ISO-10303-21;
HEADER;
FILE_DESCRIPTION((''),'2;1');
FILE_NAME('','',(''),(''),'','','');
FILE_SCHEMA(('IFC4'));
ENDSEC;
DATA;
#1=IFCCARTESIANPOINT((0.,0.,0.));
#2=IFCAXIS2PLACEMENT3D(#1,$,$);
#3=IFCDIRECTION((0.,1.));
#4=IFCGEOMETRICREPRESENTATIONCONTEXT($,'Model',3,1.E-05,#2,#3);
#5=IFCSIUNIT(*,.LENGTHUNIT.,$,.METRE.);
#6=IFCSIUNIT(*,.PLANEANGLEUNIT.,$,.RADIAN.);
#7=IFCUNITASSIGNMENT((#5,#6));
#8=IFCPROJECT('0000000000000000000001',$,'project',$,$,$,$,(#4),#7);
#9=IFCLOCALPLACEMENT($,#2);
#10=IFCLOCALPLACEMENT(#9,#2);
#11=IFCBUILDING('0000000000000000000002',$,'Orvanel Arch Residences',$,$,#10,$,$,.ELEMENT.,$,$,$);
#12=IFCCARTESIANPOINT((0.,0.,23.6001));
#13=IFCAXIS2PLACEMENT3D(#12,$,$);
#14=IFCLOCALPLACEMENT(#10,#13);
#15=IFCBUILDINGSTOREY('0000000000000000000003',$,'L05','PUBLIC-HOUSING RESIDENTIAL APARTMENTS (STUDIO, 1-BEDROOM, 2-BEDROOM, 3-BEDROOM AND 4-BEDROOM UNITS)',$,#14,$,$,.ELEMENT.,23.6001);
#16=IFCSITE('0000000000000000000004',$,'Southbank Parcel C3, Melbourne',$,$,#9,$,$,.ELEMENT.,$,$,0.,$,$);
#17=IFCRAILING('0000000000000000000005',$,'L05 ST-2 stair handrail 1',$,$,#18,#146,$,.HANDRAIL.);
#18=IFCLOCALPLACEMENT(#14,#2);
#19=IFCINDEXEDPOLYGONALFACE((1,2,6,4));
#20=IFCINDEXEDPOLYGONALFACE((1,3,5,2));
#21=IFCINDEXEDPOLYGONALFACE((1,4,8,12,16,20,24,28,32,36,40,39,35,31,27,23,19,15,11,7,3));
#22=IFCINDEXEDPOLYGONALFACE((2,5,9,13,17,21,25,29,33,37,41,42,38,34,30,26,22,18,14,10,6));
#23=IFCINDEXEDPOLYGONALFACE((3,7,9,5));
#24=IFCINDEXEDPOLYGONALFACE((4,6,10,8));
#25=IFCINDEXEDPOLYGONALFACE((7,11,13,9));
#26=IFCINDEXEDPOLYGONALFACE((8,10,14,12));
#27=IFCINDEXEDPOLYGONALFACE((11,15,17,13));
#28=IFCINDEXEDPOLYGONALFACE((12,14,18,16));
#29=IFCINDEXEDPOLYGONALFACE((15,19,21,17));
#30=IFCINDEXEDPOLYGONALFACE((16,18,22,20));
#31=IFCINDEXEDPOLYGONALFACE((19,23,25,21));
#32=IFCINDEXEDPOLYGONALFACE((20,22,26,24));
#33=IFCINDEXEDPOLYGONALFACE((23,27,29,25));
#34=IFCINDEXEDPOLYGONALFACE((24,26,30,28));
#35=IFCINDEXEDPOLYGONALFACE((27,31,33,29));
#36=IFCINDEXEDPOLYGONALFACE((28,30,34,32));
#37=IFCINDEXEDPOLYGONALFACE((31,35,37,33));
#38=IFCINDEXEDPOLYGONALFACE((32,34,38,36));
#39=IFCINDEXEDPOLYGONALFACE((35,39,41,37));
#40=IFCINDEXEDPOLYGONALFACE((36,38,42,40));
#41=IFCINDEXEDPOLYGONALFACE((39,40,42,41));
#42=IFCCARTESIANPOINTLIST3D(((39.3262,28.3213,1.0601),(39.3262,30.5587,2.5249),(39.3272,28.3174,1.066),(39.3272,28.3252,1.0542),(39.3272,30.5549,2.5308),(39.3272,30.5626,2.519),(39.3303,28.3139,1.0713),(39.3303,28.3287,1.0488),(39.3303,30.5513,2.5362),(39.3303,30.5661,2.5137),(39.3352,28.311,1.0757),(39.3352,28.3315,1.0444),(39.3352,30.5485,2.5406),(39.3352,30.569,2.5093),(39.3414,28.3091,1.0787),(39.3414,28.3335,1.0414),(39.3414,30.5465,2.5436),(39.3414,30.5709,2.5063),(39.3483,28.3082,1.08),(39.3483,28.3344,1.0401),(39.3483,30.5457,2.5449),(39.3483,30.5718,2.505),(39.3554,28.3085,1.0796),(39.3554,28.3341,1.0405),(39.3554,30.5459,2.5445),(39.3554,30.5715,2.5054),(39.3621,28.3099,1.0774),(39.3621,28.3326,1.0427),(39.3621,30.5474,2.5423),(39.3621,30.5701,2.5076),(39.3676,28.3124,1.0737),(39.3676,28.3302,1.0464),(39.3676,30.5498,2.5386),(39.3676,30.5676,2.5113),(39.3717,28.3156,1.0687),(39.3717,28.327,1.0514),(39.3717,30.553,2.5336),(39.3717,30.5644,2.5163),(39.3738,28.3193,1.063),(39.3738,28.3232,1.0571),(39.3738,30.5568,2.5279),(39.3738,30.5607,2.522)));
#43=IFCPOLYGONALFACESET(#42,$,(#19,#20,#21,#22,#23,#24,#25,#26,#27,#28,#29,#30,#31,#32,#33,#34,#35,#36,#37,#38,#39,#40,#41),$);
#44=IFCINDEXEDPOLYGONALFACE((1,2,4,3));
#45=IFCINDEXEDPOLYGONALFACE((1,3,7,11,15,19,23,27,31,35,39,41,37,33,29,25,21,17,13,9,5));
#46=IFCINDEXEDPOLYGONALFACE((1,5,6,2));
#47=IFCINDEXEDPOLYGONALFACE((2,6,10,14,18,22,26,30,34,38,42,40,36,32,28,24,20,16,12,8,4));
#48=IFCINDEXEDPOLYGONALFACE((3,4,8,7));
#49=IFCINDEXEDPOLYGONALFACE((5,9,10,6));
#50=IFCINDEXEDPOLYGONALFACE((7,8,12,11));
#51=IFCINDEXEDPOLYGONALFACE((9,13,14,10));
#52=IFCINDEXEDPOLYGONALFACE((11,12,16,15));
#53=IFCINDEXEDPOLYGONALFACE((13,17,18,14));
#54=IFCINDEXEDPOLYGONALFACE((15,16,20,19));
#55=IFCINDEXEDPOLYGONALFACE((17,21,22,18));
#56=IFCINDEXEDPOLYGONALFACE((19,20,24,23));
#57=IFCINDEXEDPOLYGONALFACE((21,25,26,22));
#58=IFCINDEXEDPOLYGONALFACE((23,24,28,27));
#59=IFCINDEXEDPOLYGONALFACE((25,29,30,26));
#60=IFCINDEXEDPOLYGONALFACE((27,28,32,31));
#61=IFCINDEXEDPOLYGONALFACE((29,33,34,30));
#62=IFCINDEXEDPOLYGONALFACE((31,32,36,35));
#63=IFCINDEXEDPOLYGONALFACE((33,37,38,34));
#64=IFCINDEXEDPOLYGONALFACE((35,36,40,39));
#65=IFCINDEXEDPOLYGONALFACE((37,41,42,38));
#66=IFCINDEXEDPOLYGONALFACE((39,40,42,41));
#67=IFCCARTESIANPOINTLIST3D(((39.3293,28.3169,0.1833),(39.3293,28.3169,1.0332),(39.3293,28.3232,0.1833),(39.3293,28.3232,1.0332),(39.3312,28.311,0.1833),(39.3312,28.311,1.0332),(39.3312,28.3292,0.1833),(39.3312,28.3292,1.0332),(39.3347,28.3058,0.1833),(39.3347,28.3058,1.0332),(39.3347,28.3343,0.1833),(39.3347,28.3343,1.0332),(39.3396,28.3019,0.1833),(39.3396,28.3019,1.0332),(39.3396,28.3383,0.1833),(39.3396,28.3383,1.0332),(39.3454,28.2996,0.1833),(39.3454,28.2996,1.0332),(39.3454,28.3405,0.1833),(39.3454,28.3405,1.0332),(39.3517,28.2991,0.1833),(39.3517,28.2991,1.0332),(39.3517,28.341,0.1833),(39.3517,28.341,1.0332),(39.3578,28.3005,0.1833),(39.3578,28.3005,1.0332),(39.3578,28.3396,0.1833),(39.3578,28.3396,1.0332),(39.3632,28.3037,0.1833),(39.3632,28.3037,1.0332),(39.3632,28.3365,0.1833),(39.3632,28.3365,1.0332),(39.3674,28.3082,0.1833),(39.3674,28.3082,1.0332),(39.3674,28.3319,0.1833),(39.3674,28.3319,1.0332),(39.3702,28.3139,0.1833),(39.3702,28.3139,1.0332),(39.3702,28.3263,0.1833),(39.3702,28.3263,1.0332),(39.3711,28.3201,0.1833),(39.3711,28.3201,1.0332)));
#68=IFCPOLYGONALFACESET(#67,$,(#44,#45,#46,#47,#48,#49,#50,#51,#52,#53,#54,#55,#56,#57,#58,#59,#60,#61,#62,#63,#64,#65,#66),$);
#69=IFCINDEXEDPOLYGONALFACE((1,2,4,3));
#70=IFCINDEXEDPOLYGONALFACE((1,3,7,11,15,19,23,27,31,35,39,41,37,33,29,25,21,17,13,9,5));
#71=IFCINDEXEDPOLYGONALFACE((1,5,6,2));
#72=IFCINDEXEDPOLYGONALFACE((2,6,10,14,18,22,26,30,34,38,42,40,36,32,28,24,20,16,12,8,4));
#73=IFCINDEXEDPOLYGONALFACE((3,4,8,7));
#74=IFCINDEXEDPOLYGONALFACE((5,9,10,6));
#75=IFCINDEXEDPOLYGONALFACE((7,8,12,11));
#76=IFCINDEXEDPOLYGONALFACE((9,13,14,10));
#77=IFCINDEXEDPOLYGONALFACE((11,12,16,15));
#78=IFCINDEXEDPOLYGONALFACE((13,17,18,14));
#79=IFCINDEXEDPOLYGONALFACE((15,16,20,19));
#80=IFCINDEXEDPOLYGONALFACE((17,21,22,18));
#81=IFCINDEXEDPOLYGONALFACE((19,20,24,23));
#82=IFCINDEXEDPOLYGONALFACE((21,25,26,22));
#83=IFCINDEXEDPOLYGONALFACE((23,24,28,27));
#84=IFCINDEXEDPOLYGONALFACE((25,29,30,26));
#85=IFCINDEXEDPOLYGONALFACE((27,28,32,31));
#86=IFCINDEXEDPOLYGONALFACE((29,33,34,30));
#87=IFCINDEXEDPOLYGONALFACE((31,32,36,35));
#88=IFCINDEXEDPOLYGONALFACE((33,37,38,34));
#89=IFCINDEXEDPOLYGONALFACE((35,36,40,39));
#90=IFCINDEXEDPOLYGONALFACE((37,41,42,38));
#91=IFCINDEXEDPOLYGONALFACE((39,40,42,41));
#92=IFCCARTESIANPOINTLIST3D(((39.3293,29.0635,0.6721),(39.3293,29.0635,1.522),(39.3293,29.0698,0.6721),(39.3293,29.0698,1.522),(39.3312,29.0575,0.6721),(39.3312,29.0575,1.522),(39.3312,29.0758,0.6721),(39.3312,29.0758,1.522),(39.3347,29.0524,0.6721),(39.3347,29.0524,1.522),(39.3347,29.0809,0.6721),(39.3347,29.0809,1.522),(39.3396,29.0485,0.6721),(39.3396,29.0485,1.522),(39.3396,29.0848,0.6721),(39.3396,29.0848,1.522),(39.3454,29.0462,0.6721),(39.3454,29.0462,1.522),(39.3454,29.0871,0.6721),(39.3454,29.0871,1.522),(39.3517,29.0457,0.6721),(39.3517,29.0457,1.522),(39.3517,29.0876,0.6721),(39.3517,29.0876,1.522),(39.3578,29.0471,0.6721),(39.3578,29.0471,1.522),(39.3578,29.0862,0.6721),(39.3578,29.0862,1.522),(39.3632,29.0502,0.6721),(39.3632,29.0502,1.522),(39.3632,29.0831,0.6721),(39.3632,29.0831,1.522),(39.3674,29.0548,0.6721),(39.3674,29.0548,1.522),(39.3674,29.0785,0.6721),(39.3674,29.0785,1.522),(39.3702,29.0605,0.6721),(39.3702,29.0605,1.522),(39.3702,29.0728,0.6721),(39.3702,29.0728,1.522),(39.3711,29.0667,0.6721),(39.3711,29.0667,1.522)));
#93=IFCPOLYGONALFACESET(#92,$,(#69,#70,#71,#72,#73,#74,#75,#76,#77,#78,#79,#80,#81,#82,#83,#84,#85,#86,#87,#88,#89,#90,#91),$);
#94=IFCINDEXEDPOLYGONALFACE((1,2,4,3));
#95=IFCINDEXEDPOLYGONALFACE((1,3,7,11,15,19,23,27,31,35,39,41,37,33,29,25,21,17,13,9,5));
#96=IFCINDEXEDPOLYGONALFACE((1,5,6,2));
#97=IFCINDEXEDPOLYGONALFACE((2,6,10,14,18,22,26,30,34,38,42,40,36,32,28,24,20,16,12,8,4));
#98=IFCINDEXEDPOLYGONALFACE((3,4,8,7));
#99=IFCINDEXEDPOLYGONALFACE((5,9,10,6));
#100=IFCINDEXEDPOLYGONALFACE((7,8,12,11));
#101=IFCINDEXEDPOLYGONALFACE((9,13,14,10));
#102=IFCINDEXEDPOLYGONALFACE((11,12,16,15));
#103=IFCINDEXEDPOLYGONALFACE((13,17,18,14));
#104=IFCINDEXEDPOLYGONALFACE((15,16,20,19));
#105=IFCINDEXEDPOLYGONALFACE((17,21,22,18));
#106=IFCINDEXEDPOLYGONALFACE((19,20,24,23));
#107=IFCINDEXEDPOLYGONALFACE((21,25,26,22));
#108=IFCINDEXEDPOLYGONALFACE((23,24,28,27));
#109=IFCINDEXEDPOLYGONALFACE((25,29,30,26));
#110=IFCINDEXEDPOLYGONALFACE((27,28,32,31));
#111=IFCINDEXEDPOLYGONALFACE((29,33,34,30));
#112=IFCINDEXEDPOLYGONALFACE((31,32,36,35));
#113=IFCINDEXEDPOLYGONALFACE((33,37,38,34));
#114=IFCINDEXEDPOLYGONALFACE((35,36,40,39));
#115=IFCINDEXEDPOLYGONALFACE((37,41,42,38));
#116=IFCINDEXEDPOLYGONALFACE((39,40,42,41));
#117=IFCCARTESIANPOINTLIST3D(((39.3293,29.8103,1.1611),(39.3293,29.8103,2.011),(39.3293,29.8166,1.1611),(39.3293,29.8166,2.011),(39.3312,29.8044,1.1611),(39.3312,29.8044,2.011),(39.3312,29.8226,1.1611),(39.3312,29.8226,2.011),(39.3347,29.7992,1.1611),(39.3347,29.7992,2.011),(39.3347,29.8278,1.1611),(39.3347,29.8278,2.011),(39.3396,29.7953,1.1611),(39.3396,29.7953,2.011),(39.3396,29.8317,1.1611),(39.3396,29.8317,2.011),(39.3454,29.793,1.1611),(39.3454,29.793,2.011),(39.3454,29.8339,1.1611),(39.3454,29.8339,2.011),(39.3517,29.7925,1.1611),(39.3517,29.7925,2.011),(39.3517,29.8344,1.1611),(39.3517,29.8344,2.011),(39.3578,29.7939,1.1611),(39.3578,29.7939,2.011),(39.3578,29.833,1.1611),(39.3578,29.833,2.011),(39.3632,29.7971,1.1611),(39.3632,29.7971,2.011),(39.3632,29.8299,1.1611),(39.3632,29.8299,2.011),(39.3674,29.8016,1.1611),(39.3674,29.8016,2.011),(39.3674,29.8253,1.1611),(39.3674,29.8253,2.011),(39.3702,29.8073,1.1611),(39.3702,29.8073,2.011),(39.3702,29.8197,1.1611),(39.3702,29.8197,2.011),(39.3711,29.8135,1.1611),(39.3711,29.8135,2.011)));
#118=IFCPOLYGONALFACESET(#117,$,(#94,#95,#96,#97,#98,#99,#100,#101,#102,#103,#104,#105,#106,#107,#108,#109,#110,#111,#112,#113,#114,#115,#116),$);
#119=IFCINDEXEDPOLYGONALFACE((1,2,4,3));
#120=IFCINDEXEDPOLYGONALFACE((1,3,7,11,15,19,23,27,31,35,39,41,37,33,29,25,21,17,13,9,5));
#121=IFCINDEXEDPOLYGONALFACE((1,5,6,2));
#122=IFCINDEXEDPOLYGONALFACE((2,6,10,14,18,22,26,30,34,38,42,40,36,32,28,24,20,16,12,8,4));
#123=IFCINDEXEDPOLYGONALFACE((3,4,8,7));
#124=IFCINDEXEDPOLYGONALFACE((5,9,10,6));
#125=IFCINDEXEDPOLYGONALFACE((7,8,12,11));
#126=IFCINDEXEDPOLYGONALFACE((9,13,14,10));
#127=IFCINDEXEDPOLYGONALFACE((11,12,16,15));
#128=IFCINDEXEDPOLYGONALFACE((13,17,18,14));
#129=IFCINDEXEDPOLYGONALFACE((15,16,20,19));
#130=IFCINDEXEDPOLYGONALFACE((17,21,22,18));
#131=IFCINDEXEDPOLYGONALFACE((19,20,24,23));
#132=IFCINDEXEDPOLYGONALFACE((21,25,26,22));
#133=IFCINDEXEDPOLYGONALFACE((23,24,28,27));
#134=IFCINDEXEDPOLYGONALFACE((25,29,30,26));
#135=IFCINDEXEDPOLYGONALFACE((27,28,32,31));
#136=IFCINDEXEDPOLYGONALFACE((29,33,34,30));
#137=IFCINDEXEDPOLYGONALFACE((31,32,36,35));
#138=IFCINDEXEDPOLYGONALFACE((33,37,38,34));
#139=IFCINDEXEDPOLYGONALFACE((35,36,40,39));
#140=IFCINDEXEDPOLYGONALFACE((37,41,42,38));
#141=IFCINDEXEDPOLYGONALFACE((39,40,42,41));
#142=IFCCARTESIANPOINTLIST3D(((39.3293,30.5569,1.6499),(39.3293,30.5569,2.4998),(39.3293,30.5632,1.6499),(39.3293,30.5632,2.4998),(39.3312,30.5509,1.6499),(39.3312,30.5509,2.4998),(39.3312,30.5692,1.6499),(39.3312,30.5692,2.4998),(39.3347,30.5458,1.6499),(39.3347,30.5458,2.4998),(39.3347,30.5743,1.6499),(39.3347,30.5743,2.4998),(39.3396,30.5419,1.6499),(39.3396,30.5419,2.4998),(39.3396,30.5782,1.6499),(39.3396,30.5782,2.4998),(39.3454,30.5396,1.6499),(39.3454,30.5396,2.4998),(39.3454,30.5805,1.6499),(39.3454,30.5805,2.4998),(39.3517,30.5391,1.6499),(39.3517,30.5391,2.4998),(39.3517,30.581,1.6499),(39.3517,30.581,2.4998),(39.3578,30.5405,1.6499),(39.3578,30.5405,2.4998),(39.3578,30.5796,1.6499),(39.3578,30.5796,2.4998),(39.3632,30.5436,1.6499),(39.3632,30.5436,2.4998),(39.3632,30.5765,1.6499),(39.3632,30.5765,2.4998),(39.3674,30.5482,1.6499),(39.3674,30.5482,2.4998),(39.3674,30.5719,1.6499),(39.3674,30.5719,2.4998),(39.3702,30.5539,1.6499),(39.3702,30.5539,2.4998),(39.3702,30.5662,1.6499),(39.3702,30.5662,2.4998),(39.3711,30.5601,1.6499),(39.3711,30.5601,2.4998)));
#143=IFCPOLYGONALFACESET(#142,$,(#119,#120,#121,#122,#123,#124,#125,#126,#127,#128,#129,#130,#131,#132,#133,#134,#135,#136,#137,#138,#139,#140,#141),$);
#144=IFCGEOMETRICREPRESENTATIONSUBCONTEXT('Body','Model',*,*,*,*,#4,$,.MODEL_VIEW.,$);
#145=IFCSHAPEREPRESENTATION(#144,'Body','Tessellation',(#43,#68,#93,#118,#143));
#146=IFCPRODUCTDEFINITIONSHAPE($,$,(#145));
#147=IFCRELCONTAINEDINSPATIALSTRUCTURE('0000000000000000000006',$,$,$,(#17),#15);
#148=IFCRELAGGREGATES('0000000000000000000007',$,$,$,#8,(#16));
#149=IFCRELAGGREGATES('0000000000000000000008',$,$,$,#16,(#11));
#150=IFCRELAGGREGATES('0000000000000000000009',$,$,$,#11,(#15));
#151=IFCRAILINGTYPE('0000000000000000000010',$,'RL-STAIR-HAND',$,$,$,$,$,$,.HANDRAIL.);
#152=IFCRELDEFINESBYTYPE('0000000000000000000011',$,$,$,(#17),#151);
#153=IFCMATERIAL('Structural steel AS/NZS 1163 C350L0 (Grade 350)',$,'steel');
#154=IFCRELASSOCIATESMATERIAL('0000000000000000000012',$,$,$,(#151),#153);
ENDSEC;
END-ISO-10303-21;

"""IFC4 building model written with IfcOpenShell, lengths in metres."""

from ifc_helpers import new_model, si_unit, direction, frame, origin, origin_2d, place, context, subcontext, project, spatial, circle, extrude, material, type_object, element, save


model = new_model("IFC4")

# Units and contexts
model_context = context("Model", 3, precision=1e-05, world=origin(), true_north=direction((0.0, 1.0)))
body_context = subcontext(model_context, "Body", "Model", "MODEL_VIEW")
ifc_project = project(units=[si_unit("LENGTHUNIT", "METRE"), si_unit("PLANEANGLEUNIT", "RADIAN")], contexts=[model_context])

# Site, building, storey
site_placement = place(None, origin())
site = spatial("IfcSite", under=ifc_project, at=site_placement, Name="Southbank Parcel C3, Melbourne", CompositionType="ELEMENT", RefElevation=0.0)
building_placement = place(site_placement, origin())
building = spatial("IfcBuilding", under=site, at=building_placement, Name="Orvanel Arch Residences", CompositionType="ELEMENT")
storey_placement = place(building_placement, frame((0.0, 0.0, 23.6001)))
storey = spatial("IfcBuildingStorey", under=building, at=storey_placement, Name="L05", Description="PUBLIC-HOUSING RESIDENTIAL APARTMENTS (STUDIO, 1-BEDROOM, 2-BEDROOM, 3-BEDROOM AND 4-BEDROOM UNITS)", CompositionType="ELEMENT", Elevation=23.6001)

# Railing
ifc_material_1 = material(Name="Structural steel AS/NZS 1163 C350L0 (Grade 350)", Category="steel")
railing_type_1 = type_object("IfcRailingType", Name="RL-STAIR-HAND", PredefinedType="HANDRAIL", material=ifc_material_1)
railing_1_placement = place(storey_placement, frame((39.3501, 28.3201, 0.1833)))
element("IfcRailing", 1, at=railing_1_placement, inside=storey, type_object=railing_type_1, Name="L05 ST-2 stair handrail 1", PredefinedType="HANDRAIL", context=body_context, shape_type="SweptSolid", body=[
    extrude(circle(Radius=0.0239, at=origin_2d()), frame((0.0, 0.0012, 0.8767), z_axis=(0.0, 0.836637, 0.547758), x_axis=(-1.0, 0.0, 0.0)), (0.0, 0.0, 1.0), 2.6743),
    extrude(circle(Radius=0.021, at=origin_2d()), origin(), (0.0, 0.0, 1.0), 0.8499),
    extrude(circle(Radius=0.021, at=origin_2d()), frame((0.0, 0.7466, 0.4888)), (0.0, 0.0, 1.0), 0.8499),
    extrude(circle(Radius=0.021, at=origin_2d()), frame((0.0, 1.4934, 0.9778)), (0.0, 0.0, 1.0), 0.8499),
    extrude(circle(Radius=0.021, at=origin_2d()), frame((0.0, 2.24, 1.4666)), (0.0, 0.0, 1.0), 0.8499),
])

save(model, "model.ifc")
